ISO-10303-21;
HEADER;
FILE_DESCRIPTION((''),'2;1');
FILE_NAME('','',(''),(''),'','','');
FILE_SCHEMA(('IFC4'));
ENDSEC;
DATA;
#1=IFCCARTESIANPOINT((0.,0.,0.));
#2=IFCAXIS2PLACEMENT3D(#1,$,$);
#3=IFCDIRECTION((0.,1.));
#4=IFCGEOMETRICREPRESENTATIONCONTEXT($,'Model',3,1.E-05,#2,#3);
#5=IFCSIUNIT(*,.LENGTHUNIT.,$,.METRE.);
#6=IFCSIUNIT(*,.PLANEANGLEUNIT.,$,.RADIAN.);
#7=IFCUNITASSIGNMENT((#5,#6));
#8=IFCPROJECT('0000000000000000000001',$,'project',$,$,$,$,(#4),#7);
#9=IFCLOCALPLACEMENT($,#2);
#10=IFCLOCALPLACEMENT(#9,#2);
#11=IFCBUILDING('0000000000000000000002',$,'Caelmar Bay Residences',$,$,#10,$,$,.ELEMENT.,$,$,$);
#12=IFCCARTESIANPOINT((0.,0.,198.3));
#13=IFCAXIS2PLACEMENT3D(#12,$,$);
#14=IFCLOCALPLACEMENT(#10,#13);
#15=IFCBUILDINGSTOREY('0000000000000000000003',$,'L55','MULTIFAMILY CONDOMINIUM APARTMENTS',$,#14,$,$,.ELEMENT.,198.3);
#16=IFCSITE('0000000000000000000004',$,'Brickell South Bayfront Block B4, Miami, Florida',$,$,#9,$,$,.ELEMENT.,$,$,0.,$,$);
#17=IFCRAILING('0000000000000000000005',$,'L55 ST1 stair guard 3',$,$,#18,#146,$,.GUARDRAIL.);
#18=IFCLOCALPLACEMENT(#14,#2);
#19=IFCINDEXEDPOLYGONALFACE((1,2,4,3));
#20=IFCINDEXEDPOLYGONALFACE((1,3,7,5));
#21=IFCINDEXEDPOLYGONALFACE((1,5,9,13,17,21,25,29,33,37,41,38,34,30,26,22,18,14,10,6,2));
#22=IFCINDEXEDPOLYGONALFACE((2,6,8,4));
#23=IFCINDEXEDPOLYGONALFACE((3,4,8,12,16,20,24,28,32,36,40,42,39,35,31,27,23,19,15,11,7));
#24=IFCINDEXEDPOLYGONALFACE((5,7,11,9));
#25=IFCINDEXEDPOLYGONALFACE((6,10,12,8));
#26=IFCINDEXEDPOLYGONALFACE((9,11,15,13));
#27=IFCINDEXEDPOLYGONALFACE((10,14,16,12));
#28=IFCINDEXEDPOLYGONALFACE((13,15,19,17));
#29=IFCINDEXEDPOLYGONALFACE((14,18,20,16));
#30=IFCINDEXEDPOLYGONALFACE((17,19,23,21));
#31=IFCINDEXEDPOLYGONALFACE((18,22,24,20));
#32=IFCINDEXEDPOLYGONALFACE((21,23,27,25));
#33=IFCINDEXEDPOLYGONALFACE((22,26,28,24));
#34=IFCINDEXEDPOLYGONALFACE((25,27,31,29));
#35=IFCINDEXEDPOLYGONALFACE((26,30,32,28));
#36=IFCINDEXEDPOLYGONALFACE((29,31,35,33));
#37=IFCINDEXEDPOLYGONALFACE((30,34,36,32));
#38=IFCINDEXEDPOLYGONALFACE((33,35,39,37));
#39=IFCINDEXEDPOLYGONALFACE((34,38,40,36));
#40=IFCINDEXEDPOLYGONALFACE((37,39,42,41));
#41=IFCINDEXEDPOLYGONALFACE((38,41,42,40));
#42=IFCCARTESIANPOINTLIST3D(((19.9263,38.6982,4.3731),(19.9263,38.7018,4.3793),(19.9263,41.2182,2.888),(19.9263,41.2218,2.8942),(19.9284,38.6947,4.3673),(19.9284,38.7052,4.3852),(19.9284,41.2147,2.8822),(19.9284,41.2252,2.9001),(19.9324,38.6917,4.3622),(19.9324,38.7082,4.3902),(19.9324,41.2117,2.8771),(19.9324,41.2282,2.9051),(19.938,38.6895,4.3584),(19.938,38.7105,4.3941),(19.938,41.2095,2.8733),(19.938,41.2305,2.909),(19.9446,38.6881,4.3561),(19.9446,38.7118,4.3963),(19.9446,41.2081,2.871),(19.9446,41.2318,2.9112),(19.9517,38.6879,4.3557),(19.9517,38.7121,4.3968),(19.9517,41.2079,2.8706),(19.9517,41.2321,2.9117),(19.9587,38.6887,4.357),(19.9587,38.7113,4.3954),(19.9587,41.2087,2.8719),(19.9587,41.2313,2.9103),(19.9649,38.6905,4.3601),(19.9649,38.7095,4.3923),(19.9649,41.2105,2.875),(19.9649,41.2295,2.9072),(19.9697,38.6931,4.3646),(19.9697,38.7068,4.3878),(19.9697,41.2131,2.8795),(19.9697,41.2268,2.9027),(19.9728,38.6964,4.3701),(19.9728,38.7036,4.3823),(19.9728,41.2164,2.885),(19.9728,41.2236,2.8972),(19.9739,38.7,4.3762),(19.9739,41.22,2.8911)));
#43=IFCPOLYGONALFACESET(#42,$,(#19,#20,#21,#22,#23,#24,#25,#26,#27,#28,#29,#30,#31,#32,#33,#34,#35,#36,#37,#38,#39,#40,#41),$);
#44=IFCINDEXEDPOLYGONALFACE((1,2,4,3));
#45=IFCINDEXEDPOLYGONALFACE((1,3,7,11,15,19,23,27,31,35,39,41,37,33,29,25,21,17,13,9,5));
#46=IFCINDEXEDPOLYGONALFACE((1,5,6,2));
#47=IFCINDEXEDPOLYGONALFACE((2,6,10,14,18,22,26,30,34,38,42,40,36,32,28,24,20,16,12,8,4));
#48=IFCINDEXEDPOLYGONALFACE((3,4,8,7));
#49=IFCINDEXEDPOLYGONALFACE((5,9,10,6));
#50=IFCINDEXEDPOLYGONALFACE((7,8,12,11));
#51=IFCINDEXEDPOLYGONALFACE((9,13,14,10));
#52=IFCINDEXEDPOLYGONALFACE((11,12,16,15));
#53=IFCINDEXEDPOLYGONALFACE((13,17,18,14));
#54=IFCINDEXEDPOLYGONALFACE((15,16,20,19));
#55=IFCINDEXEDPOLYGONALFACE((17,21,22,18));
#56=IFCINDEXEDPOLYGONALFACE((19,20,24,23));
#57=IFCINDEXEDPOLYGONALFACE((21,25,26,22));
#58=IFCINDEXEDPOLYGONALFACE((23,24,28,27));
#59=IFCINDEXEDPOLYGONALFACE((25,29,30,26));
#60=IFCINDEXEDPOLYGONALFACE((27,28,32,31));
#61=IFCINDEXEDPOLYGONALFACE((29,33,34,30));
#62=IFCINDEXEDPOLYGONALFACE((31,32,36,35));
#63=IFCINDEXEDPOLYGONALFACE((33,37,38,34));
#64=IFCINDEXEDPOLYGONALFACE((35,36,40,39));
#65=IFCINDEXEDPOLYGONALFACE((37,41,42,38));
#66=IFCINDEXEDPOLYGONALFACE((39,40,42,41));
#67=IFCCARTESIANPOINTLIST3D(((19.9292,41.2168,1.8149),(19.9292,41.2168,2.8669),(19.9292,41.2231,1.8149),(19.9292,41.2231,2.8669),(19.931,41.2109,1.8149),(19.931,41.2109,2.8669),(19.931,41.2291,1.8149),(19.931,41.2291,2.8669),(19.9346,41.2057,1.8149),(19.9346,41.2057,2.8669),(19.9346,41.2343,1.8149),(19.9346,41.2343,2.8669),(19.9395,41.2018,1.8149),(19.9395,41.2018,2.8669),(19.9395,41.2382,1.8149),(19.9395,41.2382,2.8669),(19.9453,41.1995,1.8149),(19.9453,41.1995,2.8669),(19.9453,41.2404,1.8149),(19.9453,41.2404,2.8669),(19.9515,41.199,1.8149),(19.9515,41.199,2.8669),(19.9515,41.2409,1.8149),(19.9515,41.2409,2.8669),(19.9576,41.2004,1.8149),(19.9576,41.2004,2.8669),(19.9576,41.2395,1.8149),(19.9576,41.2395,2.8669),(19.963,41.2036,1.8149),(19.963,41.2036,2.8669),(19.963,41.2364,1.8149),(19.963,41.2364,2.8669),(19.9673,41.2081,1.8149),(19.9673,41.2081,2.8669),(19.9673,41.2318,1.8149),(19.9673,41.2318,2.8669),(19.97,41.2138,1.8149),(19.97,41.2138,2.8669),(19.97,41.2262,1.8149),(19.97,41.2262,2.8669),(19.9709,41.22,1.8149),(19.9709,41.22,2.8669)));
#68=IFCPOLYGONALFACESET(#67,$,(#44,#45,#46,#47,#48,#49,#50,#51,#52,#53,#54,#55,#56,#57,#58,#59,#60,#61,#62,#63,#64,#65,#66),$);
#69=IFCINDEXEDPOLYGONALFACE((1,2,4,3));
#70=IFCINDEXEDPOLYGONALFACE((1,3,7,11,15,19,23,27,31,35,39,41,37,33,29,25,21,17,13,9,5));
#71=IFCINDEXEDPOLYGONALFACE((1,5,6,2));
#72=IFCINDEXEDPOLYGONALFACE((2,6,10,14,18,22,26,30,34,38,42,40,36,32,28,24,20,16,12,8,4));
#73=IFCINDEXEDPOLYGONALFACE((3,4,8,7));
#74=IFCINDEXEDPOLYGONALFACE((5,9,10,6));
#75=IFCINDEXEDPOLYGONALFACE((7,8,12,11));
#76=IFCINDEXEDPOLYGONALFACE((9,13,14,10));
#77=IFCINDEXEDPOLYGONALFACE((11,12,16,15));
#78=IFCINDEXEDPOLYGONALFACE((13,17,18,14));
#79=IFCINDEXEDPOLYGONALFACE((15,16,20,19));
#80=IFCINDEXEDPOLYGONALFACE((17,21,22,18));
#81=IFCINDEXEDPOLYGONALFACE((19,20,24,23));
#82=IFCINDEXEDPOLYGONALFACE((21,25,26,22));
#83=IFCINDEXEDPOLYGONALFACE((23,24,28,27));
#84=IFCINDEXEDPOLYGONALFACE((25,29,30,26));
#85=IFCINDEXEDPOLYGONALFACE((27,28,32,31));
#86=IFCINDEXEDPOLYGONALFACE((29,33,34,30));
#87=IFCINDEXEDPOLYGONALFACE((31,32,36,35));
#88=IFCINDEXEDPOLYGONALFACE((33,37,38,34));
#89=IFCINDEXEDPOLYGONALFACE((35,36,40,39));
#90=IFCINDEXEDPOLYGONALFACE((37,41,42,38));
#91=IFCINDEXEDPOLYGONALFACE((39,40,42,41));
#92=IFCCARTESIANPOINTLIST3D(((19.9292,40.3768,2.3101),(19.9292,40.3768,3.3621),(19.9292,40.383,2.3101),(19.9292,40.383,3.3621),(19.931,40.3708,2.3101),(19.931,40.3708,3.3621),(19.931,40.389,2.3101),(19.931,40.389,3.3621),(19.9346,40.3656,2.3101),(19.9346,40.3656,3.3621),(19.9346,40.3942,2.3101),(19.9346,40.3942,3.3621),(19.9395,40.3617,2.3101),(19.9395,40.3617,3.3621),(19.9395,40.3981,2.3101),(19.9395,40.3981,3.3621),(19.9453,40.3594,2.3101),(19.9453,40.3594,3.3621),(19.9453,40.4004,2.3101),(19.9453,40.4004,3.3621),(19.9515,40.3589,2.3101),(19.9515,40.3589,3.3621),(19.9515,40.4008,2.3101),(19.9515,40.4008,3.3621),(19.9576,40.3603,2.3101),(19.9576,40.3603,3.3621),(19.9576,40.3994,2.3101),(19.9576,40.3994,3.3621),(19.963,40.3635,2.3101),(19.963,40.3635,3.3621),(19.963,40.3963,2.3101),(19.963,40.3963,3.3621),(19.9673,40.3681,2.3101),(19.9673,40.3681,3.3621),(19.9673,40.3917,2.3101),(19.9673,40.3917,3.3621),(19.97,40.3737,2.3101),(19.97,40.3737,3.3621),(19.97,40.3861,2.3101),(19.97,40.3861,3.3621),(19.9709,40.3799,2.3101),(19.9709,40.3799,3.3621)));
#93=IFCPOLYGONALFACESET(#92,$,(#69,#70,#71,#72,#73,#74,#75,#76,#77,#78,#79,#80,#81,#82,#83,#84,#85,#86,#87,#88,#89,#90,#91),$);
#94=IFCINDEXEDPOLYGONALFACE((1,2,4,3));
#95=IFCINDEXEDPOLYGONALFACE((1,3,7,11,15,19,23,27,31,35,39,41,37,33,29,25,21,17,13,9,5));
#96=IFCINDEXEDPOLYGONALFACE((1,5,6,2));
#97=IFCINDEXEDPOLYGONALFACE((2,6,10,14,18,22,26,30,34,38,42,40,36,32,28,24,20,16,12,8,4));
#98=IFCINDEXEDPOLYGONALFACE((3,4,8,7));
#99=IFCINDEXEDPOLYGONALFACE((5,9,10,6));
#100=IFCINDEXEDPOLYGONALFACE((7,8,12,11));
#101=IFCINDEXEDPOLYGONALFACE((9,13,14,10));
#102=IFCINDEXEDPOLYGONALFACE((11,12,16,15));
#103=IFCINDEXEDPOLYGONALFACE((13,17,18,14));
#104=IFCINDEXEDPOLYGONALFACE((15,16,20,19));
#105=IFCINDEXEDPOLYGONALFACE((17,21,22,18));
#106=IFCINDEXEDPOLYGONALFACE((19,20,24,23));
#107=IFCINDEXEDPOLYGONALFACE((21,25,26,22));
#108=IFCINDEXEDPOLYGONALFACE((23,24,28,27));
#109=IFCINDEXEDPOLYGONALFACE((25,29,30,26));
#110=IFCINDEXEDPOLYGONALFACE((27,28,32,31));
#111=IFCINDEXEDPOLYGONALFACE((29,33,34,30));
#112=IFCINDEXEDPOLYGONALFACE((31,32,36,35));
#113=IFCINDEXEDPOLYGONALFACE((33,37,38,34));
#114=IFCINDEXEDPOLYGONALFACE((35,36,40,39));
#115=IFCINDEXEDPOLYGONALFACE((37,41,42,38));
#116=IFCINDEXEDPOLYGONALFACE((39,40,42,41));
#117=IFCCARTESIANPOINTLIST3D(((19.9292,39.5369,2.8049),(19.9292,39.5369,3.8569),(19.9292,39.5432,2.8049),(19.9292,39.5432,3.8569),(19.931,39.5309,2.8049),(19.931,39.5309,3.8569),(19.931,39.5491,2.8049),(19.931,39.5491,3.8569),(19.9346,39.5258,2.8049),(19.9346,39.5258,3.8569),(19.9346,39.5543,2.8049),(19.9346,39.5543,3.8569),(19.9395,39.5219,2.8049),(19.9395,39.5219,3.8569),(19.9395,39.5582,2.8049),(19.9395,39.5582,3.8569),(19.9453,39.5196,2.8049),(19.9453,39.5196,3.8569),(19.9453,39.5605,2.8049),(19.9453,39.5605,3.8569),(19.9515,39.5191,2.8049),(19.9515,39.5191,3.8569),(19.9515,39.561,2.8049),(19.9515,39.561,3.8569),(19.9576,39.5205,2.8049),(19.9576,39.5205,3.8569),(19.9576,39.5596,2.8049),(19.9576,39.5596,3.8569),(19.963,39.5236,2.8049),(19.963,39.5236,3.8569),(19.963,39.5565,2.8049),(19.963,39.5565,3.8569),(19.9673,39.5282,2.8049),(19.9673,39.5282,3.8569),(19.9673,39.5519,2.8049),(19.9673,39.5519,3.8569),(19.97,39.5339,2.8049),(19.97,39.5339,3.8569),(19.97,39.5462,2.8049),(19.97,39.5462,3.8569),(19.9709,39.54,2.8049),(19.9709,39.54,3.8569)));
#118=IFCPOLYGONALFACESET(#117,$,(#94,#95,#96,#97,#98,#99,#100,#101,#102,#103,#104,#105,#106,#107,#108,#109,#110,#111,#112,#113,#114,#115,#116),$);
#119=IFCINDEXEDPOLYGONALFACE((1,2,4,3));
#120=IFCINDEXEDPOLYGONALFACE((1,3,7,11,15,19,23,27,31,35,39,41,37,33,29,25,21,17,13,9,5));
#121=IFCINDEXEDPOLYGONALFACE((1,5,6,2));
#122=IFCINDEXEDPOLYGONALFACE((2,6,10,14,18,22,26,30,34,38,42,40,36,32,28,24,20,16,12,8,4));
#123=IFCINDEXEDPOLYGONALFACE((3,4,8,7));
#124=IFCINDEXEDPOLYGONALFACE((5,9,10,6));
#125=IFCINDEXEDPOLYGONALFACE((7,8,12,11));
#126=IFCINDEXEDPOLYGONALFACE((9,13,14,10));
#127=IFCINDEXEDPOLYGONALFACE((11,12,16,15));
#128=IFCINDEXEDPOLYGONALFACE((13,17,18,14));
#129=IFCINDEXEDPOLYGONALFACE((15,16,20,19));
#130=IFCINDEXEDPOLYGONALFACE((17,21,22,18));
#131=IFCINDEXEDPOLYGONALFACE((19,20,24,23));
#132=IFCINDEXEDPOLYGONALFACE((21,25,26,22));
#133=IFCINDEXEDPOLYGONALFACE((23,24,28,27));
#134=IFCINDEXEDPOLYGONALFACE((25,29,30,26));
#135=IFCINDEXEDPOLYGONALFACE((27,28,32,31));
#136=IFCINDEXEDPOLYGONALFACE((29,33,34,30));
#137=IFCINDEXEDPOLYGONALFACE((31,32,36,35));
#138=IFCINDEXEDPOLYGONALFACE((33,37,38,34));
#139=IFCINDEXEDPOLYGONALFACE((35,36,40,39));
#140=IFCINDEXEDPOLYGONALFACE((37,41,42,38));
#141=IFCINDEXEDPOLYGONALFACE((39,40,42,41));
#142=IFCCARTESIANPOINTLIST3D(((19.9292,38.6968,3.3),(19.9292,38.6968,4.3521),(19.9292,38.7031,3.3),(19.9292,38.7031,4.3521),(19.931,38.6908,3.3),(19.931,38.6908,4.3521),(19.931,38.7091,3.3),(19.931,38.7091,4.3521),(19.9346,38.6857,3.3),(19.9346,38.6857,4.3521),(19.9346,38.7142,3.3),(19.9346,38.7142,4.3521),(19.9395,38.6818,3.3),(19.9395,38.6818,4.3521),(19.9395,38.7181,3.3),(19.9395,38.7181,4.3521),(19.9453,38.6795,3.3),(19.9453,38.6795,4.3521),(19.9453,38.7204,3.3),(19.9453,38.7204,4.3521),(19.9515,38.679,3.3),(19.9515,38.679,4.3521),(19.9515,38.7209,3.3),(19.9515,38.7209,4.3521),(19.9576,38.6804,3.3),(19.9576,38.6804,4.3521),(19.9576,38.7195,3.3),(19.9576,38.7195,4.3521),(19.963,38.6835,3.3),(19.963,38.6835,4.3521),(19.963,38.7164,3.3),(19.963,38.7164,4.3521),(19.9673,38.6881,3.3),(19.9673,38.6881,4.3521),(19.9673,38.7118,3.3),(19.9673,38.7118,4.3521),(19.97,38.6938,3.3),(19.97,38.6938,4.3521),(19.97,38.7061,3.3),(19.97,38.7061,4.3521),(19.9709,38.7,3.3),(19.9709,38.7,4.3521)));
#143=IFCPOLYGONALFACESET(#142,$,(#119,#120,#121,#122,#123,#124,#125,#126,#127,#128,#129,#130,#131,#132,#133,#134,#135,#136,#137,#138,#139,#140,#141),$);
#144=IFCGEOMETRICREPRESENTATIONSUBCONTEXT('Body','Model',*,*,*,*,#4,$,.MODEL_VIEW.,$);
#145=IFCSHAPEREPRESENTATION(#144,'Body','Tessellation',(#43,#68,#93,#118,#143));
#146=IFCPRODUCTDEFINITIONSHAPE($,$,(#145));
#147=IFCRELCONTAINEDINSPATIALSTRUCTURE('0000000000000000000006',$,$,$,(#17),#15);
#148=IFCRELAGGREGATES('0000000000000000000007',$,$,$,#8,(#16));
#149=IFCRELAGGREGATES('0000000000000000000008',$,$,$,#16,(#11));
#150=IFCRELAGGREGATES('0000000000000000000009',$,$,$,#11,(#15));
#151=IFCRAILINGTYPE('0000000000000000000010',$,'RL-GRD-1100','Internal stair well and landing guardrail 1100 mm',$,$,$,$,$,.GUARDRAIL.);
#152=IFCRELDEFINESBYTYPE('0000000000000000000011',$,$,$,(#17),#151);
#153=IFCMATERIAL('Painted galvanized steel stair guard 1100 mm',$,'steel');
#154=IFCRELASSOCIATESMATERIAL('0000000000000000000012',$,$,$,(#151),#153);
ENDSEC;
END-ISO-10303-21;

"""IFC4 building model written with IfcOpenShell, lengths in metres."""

from ifc_helpers import new_model, si_unit, direction, frame, origin, origin_2d, place, context, subcontext, project, spatial, circle, extrude, material, type_object, element, save


model = new_model("IFC4")

# Units and contexts
model_context = context("Model", 3, precision=1e-05, world=origin(), true_north=direction((0.0, 1.0)))
body_context = subcontext(model_context, "Body", "Model", "MODEL_VIEW")
ifc_project = project(units=[si_unit("LENGTHUNIT", "METRE"), si_unit("PLANEANGLEUNIT", "RADIAN")], contexts=[model_context])

# Site, building, storey
site_placement = place(None, origin())
site = spatial("IfcSite", under=ifc_project, at=site_placement, Name="Brickell South Bayfront Block B4, Miami, Florida", CompositionType="ELEMENT", RefElevation=0.0)
building_placement = place(site_placement, origin())
building = spatial("IfcBuilding", under=site, at=building_placement, Name="Caelmar Bay Residences", CompositionType="ELEMENT")
storey_placement = place(building_placement, frame((0.0, 0.0, 198.3)))
storey = spatial("IfcBuildingStorey", under=building, at=storey_placement, Name="L55", Description="MULTIFAMILY CONDOMINIUM APARTMENTS", CompositionType="ELEMENT", Elevation=198.3)

# Railing
ifc_material_1 = material(Name="Painted galvanized steel stair guard 1100 mm", Category="steel")
railing_type_1 = type_object("IfcRailingType", Name="RL-GRD-1100", Description="Internal stair well and landing guardrail 1100 mm", PredefinedType="GUARDRAIL", material=ifc_material_1)
railing_1_placement = place(storey_placement, frame((19.95, 41.22, 1.8149)))
element("IfcRailing", 1, at=railing_1_placement, inside=storey, type_object=railing_type_1, Name="L55 ST1 stair guard 3", PredefinedType="GUARDRAIL", context=body_context, shape_type="SweptSolid", body=[
    extrude(circle(Radius=0.0239, at=origin_2d()), frame((0.0, 0.0, 1.0762), z_axis=(0.0, -0.861524, 0.507717), x_axis=(1.0, 0.0, 0.0)), (0.0, 0.0, 1.0), 2.925),
    extrude(circle(Radius=0.021, at=origin_2d()), origin(), (0.0, 0.0, 1.0), 1.052),
    extrude(circle(Radius=0.021, at=origin_2d()), frame((0.0, -0.8401, 0.4951)), (0.0, 0.0, 1.0), 1.052),
    extrude(circle(Radius=0.021, at=origin_2d()), frame((0.0, -1.6799, 0.99)), (0.0, 0.0, 1.0), 1.052),
    extrude(circle(Radius=0.021, at=origin_2d()), frame((0.0, -2.52, 1.4851)), (0.0, 0.0, 1.0), 1.052),
])

save(model, "model.ifc")
